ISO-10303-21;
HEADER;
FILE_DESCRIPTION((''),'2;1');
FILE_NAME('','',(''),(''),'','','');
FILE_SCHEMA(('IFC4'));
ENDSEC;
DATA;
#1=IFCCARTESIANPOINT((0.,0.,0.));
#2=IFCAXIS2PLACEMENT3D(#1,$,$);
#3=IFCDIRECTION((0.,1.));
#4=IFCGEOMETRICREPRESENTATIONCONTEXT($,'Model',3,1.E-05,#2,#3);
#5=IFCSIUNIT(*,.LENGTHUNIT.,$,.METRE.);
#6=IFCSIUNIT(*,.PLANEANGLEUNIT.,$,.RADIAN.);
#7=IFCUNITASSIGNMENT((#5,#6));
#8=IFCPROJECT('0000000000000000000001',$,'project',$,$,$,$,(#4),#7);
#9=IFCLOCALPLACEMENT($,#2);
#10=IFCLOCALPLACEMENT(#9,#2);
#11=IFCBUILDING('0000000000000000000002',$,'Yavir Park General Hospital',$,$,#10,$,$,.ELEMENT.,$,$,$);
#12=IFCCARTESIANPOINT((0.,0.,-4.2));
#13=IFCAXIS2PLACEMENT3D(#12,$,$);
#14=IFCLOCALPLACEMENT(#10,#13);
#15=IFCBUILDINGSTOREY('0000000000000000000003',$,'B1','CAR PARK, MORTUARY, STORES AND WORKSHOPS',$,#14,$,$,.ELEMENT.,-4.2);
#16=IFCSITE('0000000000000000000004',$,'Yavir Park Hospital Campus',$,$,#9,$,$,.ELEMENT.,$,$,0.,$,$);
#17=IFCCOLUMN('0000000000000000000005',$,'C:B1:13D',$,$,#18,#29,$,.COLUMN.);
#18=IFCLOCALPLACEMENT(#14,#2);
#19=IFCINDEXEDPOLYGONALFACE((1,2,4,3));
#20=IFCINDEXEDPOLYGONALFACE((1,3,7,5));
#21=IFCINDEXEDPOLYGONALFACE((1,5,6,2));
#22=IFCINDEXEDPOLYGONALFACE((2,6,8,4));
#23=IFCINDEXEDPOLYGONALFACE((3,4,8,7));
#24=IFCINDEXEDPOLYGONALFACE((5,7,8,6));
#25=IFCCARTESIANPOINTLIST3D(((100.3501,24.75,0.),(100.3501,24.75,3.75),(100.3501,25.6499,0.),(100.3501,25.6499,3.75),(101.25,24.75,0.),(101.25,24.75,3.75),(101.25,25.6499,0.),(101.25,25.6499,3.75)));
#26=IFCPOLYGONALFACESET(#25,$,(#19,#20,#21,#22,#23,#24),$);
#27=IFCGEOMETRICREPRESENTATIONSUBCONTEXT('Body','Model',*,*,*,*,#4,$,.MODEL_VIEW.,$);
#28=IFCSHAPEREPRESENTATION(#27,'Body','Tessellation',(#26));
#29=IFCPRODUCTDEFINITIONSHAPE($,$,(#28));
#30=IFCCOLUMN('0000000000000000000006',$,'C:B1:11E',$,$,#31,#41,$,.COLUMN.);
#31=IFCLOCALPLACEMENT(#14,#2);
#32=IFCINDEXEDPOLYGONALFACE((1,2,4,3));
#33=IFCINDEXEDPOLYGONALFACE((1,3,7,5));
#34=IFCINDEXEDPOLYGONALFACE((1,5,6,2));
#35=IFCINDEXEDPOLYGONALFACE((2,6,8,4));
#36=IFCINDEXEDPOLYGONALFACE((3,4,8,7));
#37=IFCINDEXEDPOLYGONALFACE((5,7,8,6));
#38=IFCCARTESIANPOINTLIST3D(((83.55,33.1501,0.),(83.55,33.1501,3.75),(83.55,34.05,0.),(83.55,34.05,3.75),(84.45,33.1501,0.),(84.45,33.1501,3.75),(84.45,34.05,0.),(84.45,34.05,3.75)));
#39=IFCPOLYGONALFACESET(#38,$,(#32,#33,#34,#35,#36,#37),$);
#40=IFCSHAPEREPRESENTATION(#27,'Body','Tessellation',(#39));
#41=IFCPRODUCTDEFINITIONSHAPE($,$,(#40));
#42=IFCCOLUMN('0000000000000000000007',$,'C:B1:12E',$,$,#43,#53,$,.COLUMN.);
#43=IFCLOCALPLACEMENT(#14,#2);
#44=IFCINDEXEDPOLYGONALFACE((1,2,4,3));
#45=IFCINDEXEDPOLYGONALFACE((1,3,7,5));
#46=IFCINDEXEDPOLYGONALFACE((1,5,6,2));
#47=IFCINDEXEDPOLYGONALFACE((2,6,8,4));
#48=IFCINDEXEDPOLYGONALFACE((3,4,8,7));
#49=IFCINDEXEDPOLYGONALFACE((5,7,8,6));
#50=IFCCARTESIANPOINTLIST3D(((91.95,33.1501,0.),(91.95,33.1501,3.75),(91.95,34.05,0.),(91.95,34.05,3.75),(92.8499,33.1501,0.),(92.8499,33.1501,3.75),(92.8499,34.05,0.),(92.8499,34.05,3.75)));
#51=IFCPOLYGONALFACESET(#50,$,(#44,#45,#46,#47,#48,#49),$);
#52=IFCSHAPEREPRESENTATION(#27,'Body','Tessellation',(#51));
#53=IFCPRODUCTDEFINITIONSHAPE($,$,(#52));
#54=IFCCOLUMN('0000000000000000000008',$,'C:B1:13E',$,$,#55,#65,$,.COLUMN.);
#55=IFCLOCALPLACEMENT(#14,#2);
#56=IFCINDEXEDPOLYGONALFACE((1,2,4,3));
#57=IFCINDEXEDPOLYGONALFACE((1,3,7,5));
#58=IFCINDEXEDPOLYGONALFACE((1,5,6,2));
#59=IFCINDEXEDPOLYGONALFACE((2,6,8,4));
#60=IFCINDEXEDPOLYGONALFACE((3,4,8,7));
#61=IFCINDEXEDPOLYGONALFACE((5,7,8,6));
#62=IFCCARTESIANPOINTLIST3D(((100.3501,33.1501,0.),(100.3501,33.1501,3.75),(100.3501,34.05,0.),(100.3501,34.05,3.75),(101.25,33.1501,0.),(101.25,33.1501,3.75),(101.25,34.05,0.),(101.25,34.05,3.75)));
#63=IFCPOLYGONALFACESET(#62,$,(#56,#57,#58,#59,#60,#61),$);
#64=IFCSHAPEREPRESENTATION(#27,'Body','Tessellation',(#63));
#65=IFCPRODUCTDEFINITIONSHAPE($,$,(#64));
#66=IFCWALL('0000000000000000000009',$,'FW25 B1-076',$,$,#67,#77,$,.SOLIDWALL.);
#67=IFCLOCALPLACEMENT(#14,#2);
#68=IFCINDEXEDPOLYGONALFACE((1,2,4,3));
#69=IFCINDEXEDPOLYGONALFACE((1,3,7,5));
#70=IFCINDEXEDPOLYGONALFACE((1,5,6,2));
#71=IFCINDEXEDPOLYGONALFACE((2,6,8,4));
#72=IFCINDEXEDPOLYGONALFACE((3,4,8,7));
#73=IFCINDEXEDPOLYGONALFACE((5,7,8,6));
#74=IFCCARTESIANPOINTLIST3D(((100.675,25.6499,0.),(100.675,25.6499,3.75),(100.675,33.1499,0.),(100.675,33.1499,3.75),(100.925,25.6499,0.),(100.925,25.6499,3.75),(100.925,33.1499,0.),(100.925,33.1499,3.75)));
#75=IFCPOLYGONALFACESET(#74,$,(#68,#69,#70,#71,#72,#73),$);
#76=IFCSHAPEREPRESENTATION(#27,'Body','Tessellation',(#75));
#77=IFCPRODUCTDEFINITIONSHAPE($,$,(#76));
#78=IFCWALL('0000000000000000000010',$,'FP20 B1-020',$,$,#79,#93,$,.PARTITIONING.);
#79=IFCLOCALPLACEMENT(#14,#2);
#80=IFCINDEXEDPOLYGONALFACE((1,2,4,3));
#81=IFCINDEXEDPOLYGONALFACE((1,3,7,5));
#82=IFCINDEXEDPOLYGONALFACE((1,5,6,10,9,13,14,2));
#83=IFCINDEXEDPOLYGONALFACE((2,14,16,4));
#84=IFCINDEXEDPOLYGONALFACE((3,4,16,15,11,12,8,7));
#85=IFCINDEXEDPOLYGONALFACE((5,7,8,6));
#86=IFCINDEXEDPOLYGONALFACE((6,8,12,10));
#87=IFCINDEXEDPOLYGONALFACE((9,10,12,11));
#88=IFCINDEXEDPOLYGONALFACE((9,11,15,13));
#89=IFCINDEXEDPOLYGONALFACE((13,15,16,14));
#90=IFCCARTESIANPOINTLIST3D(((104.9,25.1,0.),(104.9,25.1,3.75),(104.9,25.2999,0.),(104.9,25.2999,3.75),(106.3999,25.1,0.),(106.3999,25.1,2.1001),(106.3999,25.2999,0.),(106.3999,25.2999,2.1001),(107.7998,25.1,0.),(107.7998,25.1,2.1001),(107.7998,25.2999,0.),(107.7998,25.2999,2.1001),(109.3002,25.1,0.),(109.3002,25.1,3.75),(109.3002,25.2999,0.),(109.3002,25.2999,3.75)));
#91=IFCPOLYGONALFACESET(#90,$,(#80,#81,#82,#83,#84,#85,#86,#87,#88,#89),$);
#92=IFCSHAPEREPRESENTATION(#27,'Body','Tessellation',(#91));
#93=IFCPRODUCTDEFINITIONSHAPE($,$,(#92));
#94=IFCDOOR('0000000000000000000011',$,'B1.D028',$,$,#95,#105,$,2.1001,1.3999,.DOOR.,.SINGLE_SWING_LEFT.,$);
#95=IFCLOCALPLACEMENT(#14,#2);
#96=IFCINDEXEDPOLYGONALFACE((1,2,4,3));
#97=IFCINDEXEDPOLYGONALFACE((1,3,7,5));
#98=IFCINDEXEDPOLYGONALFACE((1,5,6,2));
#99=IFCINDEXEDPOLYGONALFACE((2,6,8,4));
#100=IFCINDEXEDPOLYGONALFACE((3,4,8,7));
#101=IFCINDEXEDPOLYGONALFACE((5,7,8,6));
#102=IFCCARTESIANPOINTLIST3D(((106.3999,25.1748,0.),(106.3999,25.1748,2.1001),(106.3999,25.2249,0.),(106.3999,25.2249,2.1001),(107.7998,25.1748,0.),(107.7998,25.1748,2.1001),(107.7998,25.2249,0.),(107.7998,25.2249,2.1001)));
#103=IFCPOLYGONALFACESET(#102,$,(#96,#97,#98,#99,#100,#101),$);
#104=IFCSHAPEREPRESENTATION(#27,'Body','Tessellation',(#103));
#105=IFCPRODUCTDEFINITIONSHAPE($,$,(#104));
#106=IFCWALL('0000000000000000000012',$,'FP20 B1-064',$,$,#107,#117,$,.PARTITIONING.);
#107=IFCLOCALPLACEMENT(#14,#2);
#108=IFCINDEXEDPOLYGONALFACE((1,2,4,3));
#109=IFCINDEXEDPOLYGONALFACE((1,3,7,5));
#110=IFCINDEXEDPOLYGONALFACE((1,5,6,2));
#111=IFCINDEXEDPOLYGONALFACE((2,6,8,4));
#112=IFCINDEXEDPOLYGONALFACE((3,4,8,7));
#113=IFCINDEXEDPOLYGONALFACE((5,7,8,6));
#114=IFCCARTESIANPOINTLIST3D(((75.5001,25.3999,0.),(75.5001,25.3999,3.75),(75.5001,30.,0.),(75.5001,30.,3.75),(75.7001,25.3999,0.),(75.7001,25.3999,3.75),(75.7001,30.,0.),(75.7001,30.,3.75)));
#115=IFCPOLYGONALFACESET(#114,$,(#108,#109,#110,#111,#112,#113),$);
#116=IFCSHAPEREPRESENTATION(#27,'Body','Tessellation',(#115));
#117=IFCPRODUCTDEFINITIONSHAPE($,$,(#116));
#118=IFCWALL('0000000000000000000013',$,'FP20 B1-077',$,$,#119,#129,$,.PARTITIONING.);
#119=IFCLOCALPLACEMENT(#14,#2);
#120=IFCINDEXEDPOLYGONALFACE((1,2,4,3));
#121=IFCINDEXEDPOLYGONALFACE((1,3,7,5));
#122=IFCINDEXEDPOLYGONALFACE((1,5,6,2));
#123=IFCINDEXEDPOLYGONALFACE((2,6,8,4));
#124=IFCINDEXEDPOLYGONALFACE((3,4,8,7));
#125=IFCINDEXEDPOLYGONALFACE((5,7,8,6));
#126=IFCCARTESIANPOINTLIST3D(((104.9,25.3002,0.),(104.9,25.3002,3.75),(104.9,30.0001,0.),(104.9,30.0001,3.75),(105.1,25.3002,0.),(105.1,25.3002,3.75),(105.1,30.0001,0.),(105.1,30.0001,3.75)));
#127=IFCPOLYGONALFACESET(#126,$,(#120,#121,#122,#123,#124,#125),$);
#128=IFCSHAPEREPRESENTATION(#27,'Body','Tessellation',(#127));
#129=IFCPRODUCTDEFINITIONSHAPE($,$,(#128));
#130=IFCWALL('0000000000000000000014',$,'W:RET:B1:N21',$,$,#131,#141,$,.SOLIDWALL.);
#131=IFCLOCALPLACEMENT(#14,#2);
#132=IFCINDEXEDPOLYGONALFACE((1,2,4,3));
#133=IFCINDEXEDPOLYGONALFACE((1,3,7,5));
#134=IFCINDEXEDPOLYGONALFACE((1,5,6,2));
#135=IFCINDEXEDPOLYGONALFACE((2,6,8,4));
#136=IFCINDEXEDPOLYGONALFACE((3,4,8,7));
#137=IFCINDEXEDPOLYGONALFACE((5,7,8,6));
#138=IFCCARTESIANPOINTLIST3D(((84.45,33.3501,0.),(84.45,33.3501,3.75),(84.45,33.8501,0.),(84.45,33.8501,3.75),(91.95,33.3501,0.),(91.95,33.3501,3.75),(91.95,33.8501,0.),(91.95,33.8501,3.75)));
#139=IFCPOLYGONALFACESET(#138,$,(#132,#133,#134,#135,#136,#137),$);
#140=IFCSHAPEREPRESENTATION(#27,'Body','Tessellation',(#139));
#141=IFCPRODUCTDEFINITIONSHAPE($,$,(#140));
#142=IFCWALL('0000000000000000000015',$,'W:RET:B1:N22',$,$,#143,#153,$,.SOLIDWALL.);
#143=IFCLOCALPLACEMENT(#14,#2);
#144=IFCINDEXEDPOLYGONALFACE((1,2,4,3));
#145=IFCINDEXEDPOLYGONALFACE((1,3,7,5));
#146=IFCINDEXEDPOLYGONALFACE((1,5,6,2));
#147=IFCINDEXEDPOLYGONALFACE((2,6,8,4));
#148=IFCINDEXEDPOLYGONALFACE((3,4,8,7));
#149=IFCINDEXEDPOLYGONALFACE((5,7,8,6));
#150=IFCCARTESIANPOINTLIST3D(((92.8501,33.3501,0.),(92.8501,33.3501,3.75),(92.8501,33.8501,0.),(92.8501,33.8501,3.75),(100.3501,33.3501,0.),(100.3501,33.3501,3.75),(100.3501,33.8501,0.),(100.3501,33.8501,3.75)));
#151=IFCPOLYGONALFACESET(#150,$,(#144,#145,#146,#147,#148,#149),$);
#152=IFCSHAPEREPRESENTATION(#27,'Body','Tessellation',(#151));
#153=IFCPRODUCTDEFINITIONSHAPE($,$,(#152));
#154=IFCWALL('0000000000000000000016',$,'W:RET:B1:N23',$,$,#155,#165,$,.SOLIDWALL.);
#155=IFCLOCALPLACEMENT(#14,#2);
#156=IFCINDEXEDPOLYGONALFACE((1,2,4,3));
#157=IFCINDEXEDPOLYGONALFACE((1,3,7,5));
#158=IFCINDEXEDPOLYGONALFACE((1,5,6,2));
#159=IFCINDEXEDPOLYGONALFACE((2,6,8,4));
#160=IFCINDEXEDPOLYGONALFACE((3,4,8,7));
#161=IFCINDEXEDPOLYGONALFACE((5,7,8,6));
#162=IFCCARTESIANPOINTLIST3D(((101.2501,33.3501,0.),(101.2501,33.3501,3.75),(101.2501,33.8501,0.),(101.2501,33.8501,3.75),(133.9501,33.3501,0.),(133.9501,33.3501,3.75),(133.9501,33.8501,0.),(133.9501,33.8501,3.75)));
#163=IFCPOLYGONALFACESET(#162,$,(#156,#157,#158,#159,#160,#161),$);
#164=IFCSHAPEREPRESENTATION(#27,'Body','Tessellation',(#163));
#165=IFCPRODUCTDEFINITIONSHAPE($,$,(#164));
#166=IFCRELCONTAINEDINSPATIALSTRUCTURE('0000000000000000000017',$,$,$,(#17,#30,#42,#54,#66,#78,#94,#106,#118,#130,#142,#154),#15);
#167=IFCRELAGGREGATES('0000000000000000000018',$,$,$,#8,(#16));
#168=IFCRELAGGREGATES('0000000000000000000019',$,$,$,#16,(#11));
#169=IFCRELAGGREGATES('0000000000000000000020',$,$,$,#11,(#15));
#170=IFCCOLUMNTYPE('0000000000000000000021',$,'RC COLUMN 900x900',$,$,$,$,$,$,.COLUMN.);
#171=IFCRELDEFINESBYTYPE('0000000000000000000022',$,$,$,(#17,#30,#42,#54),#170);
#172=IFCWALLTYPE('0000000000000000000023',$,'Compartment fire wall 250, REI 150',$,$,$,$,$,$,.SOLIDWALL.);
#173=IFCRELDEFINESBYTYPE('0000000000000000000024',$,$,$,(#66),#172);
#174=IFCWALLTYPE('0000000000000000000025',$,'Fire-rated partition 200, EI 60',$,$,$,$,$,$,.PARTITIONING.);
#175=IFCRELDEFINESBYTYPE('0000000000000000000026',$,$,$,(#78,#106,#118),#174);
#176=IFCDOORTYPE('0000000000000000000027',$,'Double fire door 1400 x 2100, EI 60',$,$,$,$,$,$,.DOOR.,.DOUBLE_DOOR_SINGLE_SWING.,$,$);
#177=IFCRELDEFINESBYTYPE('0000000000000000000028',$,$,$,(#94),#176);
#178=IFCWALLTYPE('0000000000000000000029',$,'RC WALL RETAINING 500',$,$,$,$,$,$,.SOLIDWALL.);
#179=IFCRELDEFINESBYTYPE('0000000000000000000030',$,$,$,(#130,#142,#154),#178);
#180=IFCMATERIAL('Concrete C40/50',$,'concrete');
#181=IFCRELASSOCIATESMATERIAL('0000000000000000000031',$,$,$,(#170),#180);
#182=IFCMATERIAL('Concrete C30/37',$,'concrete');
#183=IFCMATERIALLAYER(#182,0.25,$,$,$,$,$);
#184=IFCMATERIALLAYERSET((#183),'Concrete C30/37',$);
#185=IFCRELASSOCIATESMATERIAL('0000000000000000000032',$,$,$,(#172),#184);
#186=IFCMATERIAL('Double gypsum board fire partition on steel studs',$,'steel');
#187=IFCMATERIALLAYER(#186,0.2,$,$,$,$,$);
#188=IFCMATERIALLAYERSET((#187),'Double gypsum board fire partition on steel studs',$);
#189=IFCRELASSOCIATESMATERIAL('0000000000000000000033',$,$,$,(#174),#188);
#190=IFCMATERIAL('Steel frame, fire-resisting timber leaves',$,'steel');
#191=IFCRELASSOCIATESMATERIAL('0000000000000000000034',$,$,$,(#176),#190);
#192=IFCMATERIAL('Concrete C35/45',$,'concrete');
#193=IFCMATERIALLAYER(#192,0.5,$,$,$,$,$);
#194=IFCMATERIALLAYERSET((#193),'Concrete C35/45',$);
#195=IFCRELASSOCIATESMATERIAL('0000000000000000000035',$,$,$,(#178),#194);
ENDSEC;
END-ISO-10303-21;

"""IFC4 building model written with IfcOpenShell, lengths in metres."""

from ifc_helpers import new_model, si_unit, direction, frame, frame_2d, origin, origin_2d, place, context, subcontext, project, spatial, rectangle, extrude, material, layer, layer_set, material_profile, profile_set, type_object, element, fill, save


model = new_model("IFC4")

# Units and contexts
model_context = context("Model", 3, precision=1e-05, world=origin(), true_north=direction((0.0, 1.0)))
body_context = subcontext(model_context, "Body", "Model", "MODEL_VIEW")
ifc_project = project(units=[si_unit("LENGTHUNIT", "METRE"), si_unit("PLANEANGLEUNIT", "RADIAN")], contexts=[model_context])

# Site, building, storey
site_placement = place(None, origin())
site = spatial("IfcSite", under=ifc_project, at=site_placement, Name="Yavir Park Hospital Campus", CompositionType="ELEMENT", RefElevation=0.0)
building_placement = place(site_placement, origin())
building = spatial("IfcBuilding", under=site, at=building_placement, Name="Yavir Park General Hospital", CompositionType="ELEMENT")
storey_placement = place(building_placement, frame((0.0, 0.0, -4.2)))
storey = spatial("IfcBuildingStorey", under=building, at=storey_placement, Name="B1", Description="CAR PARK, MORTUARY, STORES AND WORKSHOPS", CompositionType="ELEMENT", Elevation=-4.2)

# Columns
ifc_material_1 = material(Name="Concrete C40/50", Category="concrete")
ifc_material_profile = material_profile(ifc_material_1, rectangle(XDim=0.8999, YDim=0.8999, at=origin_2d()), Name="RC900x900")
ifc_profile_set = profile_set([ifc_material_profile], Name="Concrete C40/50")
column_type = type_object("IfcColumnType", Name="RC COLUMN 900x900", PredefinedType="COLUMN", material=ifc_profile_set)
for number, where, z_axis, x_axis, name in (
    (1, (100.8, 25.2, 0.0), (0.0, 0.0, 1.0), (1.0, 0.0, 0.0), "C:B1:13D"),
    (2, (84.0, 33.6001, 0.0), (0.0, 0.0, 1.0), (1.0, 0.0, 0.0), "C:B1:11E"),
    (3, (92.3999, 33.6001, 0.0), (0.0, 0.0, 1.0), (1.0, 0.0, 0.0), "C:B1:12E"),
    (4, (100.8, 33.6001, 0.0), (0.0, 0.0, 1.0), (1.0, 0.0, 0.0), "C:B1:13E"),
):
    element("IfcColumn", number, at=place(storey_placement, frame(where, z_axis=z_axis, x_axis=x_axis)), inside=storey, type_object=column_type, Name=name, PredefinedType="COLUMN", context=body_context, shape_type="SweptSolid", body=[
        extrude(rectangle(XDim=0.8999, YDim=0.8999, at=origin_2d()), origin(), (0.0, 0.0, 1.0), 3.75),
    ])

# Wall
ifc_material_2 = material(Name="Concrete C30/37", Category="concrete")
ifc_layer_1 = layer(ifc_material_2, 0.25)
ifc_layer_set_1 = layer_set([ifc_layer_1], Name="Concrete C30/37")
wall_type_1 = type_object("IfcWallType", Name="Compartment fire wall 250, REI 150", PredefinedType="SOLIDWALL", material=ifc_layer_set_1)
wall_1_placement = place(storey_placement, frame((100.8, 25.6499, 0.0), z_axis=(0.0, 0.0, 1.0), x_axis=(0.0, 1.0, 0.0)))
element("IfcWall", 5, at=wall_1_placement, inside=storey, type_object=wall_type_1, Name="FW25 B1-076", PredefinedType="SOLIDWALL", context=body_context, shape_type="SweptSolid", body=[
    extrude(rectangle(XDim=7.5, YDim=0.25, at=frame_2d((3.75, 0.0))), origin(), (0.0, 0.0, 1.0), 3.75),
])

# Wall, opening, door
ifc_material_3 = material(Name="Double gypsum board fire partition on steel studs", Category="steel")
ifc_layer_2 = layer(ifc_material_3, 0.2)
ifc_layer_set_2 = layer_set([ifc_layer_2], Name="Double gypsum board fire partition on steel studs")
wall_type_2 = type_object("IfcWallType", Name="Fire-rated partition 200, EI 60", PredefinedType="PARTITIONING", material=ifc_layer_set_2)
wall_2_placement = place(storey_placement, frame((104.8999, 25.2, 0.0), z_axis=(0.0, 0.0, 1.0), x_axis=(1.0, 0.0, 0.0)))
wall_2 = element("IfcWall", 6, at=wall_2_placement, inside=storey, type_object=wall_type_2, Name="FP20 B1-020", PredefinedType="PARTITIONING", context=body_context, shape_type="SweptSolid", body=[
    extrude(rectangle(XDim=4.4001, YDim=0.2, at=frame_2d((2.2002, 0.0))), origin(), (0.0, 0.0, 1.0), 3.75),
])
opening_1_placement = place(wall_2_placement, frame((1.5, 0.0, 0.0)))
opening_1 = element("IfcOpeningElement", 7, at=opening_1_placement, cuts=wall_2, PredefinedType="OPENING", context=body_context, shape_type="SweptSolid", body=[
    extrude(rectangle(XDim=1.3999, YDim=2.1001, at=frame_2d((0.7, 1.05))), frame((0.0, 0.1099, 0.0), z_axis=(0.0, -1.0, 0.0), x_axis=(1.0, 0.0, 0.0)), (0.0, 0.0, 1.0), 0.22),
])
ifc_material_4 = material(Name="Steel frame, fire-resisting timber leaves", Category="steel")
door_type_1 = type_object("IfcDoorType", Name="Double fire door 1400 x 2100, EI 60", OperationType="DOUBLE_DOOR_SINGLE_SWING", PredefinedType="DOOR", material=ifc_material_4)
door_1_placement = place(opening_1_placement, origin())
door_1 = element("IfcDoor", 8, at=door_1_placement, inside=storey, type_object=door_type_1, Name="B1.D028", OperationType="SINGLE_SWING_LEFT", OverallHeight=2.1001, OverallWidth=1.3999, PredefinedType="DOOR", context=body_context, shape_type="SweptSolid", body=[
    extrude(rectangle(XDim=1.3999, YDim=2.1001, at=frame_2d((0.7, 1.05))), frame((0.0, 0.0249, 0.0), z_axis=(0.0, -1.0, 0.0), x_axis=(1.0, 0.0, 0.0)), (0.0, 0.0, 1.0), 0.05),
])
fill(opening_1, door_1)

# Walls
wall_3_placement = place(storey_placement, frame((75.6001, 25.3999, 0.0), z_axis=(0.0, 0.0, 1.0), x_axis=(0.0, 1.0, 0.0)))
element("IfcWall", 9, at=wall_3_placement, inside=storey, type_object=wall_type_2, Name="FP20 B1-064", PredefinedType="PARTITIONING", context=body_context, shape_type="SweptSolid", body=[
    extrude(rectangle(XDim=4.6001, YDim=0.2, at=frame_2d((2.3, 0.0))), origin(), (0.0, 0.0, 1.0), 3.75),
])
wall_4_placement = place(storey_placement, frame((105.0, 25.3, 0.0), z_axis=(0.0, 0.0, 1.0), x_axis=(0.0, 1.0, 0.0)))
element("IfcWall", 10, at=wall_4_placement, inside=storey, type_object=wall_type_2, Name="FP20 B1-077", PredefinedType="PARTITIONING", context=body_context, shape_type="SweptSolid", body=[
    extrude(rectangle(XDim=4.7, YDim=0.2, at=frame_2d((2.3501, 0.0))), origin(), (0.0, 0.0, 1.0), 3.75),
])
ifc_material_5 = material(Name="Concrete C35/45", Category="concrete")
ifc_layer_3 = layer(ifc_material_5, 0.5)
ifc_layer_set_3 = layer_set([ifc_layer_3], Name="Concrete C35/45")
wall_type_3 = type_object("IfcWallType", Name="RC WALL RETAINING 500", PredefinedType="SOLIDWALL", material=ifc_layer_set_3)
for number, where, z_axis, x_axis, name in (
    (11, (84.45, 33.6001, 0.0), (0.0, 0.0, 1.0), (1.0, 0.0, 0.0), "W:RET:B1:N21"),
    (12, (92.8501, 33.6001, 0.0), (0.0, 0.0, 1.0), (1.0, 0.0, 0.0), "W:RET:B1:N22"),
):
    element("IfcWall", number, at=place(storey_placement, frame(where, z_axis=z_axis, x_axis=x_axis)), inside=storey, type_object=wall_type_3, Name=name, PredefinedType="SOLIDWALL", context=body_context, shape_type="SweptSolid", body=[
        extrude(rectangle(XDim=7.5, YDim=0.5, at=frame_2d((3.75, 0.0))), origin(), (0.0, 0.0, 1.0), 3.75),
    ])
wall_5_placement = place(storey_placement, frame((101.25, 33.6001, 0.0), z_axis=(0.0, 0.0, 1.0), x_axis=(1.0, 0.0, 0.0)))
element("IfcWall", 13, at=wall_5_placement, inside=storey, type_object=wall_type_3, Name="W:RET:B1:N23", PredefinedType="SOLIDWALL", context=body_context, shape_type="SweptSolid", body=[
    extrude(rectangle(XDim=32.7, YDim=0.5, at=frame_2d((16.3501, 0.0))), origin(), (0.0, 0.0, 1.0), 3.75),
])

save(model, "model.ifc")
